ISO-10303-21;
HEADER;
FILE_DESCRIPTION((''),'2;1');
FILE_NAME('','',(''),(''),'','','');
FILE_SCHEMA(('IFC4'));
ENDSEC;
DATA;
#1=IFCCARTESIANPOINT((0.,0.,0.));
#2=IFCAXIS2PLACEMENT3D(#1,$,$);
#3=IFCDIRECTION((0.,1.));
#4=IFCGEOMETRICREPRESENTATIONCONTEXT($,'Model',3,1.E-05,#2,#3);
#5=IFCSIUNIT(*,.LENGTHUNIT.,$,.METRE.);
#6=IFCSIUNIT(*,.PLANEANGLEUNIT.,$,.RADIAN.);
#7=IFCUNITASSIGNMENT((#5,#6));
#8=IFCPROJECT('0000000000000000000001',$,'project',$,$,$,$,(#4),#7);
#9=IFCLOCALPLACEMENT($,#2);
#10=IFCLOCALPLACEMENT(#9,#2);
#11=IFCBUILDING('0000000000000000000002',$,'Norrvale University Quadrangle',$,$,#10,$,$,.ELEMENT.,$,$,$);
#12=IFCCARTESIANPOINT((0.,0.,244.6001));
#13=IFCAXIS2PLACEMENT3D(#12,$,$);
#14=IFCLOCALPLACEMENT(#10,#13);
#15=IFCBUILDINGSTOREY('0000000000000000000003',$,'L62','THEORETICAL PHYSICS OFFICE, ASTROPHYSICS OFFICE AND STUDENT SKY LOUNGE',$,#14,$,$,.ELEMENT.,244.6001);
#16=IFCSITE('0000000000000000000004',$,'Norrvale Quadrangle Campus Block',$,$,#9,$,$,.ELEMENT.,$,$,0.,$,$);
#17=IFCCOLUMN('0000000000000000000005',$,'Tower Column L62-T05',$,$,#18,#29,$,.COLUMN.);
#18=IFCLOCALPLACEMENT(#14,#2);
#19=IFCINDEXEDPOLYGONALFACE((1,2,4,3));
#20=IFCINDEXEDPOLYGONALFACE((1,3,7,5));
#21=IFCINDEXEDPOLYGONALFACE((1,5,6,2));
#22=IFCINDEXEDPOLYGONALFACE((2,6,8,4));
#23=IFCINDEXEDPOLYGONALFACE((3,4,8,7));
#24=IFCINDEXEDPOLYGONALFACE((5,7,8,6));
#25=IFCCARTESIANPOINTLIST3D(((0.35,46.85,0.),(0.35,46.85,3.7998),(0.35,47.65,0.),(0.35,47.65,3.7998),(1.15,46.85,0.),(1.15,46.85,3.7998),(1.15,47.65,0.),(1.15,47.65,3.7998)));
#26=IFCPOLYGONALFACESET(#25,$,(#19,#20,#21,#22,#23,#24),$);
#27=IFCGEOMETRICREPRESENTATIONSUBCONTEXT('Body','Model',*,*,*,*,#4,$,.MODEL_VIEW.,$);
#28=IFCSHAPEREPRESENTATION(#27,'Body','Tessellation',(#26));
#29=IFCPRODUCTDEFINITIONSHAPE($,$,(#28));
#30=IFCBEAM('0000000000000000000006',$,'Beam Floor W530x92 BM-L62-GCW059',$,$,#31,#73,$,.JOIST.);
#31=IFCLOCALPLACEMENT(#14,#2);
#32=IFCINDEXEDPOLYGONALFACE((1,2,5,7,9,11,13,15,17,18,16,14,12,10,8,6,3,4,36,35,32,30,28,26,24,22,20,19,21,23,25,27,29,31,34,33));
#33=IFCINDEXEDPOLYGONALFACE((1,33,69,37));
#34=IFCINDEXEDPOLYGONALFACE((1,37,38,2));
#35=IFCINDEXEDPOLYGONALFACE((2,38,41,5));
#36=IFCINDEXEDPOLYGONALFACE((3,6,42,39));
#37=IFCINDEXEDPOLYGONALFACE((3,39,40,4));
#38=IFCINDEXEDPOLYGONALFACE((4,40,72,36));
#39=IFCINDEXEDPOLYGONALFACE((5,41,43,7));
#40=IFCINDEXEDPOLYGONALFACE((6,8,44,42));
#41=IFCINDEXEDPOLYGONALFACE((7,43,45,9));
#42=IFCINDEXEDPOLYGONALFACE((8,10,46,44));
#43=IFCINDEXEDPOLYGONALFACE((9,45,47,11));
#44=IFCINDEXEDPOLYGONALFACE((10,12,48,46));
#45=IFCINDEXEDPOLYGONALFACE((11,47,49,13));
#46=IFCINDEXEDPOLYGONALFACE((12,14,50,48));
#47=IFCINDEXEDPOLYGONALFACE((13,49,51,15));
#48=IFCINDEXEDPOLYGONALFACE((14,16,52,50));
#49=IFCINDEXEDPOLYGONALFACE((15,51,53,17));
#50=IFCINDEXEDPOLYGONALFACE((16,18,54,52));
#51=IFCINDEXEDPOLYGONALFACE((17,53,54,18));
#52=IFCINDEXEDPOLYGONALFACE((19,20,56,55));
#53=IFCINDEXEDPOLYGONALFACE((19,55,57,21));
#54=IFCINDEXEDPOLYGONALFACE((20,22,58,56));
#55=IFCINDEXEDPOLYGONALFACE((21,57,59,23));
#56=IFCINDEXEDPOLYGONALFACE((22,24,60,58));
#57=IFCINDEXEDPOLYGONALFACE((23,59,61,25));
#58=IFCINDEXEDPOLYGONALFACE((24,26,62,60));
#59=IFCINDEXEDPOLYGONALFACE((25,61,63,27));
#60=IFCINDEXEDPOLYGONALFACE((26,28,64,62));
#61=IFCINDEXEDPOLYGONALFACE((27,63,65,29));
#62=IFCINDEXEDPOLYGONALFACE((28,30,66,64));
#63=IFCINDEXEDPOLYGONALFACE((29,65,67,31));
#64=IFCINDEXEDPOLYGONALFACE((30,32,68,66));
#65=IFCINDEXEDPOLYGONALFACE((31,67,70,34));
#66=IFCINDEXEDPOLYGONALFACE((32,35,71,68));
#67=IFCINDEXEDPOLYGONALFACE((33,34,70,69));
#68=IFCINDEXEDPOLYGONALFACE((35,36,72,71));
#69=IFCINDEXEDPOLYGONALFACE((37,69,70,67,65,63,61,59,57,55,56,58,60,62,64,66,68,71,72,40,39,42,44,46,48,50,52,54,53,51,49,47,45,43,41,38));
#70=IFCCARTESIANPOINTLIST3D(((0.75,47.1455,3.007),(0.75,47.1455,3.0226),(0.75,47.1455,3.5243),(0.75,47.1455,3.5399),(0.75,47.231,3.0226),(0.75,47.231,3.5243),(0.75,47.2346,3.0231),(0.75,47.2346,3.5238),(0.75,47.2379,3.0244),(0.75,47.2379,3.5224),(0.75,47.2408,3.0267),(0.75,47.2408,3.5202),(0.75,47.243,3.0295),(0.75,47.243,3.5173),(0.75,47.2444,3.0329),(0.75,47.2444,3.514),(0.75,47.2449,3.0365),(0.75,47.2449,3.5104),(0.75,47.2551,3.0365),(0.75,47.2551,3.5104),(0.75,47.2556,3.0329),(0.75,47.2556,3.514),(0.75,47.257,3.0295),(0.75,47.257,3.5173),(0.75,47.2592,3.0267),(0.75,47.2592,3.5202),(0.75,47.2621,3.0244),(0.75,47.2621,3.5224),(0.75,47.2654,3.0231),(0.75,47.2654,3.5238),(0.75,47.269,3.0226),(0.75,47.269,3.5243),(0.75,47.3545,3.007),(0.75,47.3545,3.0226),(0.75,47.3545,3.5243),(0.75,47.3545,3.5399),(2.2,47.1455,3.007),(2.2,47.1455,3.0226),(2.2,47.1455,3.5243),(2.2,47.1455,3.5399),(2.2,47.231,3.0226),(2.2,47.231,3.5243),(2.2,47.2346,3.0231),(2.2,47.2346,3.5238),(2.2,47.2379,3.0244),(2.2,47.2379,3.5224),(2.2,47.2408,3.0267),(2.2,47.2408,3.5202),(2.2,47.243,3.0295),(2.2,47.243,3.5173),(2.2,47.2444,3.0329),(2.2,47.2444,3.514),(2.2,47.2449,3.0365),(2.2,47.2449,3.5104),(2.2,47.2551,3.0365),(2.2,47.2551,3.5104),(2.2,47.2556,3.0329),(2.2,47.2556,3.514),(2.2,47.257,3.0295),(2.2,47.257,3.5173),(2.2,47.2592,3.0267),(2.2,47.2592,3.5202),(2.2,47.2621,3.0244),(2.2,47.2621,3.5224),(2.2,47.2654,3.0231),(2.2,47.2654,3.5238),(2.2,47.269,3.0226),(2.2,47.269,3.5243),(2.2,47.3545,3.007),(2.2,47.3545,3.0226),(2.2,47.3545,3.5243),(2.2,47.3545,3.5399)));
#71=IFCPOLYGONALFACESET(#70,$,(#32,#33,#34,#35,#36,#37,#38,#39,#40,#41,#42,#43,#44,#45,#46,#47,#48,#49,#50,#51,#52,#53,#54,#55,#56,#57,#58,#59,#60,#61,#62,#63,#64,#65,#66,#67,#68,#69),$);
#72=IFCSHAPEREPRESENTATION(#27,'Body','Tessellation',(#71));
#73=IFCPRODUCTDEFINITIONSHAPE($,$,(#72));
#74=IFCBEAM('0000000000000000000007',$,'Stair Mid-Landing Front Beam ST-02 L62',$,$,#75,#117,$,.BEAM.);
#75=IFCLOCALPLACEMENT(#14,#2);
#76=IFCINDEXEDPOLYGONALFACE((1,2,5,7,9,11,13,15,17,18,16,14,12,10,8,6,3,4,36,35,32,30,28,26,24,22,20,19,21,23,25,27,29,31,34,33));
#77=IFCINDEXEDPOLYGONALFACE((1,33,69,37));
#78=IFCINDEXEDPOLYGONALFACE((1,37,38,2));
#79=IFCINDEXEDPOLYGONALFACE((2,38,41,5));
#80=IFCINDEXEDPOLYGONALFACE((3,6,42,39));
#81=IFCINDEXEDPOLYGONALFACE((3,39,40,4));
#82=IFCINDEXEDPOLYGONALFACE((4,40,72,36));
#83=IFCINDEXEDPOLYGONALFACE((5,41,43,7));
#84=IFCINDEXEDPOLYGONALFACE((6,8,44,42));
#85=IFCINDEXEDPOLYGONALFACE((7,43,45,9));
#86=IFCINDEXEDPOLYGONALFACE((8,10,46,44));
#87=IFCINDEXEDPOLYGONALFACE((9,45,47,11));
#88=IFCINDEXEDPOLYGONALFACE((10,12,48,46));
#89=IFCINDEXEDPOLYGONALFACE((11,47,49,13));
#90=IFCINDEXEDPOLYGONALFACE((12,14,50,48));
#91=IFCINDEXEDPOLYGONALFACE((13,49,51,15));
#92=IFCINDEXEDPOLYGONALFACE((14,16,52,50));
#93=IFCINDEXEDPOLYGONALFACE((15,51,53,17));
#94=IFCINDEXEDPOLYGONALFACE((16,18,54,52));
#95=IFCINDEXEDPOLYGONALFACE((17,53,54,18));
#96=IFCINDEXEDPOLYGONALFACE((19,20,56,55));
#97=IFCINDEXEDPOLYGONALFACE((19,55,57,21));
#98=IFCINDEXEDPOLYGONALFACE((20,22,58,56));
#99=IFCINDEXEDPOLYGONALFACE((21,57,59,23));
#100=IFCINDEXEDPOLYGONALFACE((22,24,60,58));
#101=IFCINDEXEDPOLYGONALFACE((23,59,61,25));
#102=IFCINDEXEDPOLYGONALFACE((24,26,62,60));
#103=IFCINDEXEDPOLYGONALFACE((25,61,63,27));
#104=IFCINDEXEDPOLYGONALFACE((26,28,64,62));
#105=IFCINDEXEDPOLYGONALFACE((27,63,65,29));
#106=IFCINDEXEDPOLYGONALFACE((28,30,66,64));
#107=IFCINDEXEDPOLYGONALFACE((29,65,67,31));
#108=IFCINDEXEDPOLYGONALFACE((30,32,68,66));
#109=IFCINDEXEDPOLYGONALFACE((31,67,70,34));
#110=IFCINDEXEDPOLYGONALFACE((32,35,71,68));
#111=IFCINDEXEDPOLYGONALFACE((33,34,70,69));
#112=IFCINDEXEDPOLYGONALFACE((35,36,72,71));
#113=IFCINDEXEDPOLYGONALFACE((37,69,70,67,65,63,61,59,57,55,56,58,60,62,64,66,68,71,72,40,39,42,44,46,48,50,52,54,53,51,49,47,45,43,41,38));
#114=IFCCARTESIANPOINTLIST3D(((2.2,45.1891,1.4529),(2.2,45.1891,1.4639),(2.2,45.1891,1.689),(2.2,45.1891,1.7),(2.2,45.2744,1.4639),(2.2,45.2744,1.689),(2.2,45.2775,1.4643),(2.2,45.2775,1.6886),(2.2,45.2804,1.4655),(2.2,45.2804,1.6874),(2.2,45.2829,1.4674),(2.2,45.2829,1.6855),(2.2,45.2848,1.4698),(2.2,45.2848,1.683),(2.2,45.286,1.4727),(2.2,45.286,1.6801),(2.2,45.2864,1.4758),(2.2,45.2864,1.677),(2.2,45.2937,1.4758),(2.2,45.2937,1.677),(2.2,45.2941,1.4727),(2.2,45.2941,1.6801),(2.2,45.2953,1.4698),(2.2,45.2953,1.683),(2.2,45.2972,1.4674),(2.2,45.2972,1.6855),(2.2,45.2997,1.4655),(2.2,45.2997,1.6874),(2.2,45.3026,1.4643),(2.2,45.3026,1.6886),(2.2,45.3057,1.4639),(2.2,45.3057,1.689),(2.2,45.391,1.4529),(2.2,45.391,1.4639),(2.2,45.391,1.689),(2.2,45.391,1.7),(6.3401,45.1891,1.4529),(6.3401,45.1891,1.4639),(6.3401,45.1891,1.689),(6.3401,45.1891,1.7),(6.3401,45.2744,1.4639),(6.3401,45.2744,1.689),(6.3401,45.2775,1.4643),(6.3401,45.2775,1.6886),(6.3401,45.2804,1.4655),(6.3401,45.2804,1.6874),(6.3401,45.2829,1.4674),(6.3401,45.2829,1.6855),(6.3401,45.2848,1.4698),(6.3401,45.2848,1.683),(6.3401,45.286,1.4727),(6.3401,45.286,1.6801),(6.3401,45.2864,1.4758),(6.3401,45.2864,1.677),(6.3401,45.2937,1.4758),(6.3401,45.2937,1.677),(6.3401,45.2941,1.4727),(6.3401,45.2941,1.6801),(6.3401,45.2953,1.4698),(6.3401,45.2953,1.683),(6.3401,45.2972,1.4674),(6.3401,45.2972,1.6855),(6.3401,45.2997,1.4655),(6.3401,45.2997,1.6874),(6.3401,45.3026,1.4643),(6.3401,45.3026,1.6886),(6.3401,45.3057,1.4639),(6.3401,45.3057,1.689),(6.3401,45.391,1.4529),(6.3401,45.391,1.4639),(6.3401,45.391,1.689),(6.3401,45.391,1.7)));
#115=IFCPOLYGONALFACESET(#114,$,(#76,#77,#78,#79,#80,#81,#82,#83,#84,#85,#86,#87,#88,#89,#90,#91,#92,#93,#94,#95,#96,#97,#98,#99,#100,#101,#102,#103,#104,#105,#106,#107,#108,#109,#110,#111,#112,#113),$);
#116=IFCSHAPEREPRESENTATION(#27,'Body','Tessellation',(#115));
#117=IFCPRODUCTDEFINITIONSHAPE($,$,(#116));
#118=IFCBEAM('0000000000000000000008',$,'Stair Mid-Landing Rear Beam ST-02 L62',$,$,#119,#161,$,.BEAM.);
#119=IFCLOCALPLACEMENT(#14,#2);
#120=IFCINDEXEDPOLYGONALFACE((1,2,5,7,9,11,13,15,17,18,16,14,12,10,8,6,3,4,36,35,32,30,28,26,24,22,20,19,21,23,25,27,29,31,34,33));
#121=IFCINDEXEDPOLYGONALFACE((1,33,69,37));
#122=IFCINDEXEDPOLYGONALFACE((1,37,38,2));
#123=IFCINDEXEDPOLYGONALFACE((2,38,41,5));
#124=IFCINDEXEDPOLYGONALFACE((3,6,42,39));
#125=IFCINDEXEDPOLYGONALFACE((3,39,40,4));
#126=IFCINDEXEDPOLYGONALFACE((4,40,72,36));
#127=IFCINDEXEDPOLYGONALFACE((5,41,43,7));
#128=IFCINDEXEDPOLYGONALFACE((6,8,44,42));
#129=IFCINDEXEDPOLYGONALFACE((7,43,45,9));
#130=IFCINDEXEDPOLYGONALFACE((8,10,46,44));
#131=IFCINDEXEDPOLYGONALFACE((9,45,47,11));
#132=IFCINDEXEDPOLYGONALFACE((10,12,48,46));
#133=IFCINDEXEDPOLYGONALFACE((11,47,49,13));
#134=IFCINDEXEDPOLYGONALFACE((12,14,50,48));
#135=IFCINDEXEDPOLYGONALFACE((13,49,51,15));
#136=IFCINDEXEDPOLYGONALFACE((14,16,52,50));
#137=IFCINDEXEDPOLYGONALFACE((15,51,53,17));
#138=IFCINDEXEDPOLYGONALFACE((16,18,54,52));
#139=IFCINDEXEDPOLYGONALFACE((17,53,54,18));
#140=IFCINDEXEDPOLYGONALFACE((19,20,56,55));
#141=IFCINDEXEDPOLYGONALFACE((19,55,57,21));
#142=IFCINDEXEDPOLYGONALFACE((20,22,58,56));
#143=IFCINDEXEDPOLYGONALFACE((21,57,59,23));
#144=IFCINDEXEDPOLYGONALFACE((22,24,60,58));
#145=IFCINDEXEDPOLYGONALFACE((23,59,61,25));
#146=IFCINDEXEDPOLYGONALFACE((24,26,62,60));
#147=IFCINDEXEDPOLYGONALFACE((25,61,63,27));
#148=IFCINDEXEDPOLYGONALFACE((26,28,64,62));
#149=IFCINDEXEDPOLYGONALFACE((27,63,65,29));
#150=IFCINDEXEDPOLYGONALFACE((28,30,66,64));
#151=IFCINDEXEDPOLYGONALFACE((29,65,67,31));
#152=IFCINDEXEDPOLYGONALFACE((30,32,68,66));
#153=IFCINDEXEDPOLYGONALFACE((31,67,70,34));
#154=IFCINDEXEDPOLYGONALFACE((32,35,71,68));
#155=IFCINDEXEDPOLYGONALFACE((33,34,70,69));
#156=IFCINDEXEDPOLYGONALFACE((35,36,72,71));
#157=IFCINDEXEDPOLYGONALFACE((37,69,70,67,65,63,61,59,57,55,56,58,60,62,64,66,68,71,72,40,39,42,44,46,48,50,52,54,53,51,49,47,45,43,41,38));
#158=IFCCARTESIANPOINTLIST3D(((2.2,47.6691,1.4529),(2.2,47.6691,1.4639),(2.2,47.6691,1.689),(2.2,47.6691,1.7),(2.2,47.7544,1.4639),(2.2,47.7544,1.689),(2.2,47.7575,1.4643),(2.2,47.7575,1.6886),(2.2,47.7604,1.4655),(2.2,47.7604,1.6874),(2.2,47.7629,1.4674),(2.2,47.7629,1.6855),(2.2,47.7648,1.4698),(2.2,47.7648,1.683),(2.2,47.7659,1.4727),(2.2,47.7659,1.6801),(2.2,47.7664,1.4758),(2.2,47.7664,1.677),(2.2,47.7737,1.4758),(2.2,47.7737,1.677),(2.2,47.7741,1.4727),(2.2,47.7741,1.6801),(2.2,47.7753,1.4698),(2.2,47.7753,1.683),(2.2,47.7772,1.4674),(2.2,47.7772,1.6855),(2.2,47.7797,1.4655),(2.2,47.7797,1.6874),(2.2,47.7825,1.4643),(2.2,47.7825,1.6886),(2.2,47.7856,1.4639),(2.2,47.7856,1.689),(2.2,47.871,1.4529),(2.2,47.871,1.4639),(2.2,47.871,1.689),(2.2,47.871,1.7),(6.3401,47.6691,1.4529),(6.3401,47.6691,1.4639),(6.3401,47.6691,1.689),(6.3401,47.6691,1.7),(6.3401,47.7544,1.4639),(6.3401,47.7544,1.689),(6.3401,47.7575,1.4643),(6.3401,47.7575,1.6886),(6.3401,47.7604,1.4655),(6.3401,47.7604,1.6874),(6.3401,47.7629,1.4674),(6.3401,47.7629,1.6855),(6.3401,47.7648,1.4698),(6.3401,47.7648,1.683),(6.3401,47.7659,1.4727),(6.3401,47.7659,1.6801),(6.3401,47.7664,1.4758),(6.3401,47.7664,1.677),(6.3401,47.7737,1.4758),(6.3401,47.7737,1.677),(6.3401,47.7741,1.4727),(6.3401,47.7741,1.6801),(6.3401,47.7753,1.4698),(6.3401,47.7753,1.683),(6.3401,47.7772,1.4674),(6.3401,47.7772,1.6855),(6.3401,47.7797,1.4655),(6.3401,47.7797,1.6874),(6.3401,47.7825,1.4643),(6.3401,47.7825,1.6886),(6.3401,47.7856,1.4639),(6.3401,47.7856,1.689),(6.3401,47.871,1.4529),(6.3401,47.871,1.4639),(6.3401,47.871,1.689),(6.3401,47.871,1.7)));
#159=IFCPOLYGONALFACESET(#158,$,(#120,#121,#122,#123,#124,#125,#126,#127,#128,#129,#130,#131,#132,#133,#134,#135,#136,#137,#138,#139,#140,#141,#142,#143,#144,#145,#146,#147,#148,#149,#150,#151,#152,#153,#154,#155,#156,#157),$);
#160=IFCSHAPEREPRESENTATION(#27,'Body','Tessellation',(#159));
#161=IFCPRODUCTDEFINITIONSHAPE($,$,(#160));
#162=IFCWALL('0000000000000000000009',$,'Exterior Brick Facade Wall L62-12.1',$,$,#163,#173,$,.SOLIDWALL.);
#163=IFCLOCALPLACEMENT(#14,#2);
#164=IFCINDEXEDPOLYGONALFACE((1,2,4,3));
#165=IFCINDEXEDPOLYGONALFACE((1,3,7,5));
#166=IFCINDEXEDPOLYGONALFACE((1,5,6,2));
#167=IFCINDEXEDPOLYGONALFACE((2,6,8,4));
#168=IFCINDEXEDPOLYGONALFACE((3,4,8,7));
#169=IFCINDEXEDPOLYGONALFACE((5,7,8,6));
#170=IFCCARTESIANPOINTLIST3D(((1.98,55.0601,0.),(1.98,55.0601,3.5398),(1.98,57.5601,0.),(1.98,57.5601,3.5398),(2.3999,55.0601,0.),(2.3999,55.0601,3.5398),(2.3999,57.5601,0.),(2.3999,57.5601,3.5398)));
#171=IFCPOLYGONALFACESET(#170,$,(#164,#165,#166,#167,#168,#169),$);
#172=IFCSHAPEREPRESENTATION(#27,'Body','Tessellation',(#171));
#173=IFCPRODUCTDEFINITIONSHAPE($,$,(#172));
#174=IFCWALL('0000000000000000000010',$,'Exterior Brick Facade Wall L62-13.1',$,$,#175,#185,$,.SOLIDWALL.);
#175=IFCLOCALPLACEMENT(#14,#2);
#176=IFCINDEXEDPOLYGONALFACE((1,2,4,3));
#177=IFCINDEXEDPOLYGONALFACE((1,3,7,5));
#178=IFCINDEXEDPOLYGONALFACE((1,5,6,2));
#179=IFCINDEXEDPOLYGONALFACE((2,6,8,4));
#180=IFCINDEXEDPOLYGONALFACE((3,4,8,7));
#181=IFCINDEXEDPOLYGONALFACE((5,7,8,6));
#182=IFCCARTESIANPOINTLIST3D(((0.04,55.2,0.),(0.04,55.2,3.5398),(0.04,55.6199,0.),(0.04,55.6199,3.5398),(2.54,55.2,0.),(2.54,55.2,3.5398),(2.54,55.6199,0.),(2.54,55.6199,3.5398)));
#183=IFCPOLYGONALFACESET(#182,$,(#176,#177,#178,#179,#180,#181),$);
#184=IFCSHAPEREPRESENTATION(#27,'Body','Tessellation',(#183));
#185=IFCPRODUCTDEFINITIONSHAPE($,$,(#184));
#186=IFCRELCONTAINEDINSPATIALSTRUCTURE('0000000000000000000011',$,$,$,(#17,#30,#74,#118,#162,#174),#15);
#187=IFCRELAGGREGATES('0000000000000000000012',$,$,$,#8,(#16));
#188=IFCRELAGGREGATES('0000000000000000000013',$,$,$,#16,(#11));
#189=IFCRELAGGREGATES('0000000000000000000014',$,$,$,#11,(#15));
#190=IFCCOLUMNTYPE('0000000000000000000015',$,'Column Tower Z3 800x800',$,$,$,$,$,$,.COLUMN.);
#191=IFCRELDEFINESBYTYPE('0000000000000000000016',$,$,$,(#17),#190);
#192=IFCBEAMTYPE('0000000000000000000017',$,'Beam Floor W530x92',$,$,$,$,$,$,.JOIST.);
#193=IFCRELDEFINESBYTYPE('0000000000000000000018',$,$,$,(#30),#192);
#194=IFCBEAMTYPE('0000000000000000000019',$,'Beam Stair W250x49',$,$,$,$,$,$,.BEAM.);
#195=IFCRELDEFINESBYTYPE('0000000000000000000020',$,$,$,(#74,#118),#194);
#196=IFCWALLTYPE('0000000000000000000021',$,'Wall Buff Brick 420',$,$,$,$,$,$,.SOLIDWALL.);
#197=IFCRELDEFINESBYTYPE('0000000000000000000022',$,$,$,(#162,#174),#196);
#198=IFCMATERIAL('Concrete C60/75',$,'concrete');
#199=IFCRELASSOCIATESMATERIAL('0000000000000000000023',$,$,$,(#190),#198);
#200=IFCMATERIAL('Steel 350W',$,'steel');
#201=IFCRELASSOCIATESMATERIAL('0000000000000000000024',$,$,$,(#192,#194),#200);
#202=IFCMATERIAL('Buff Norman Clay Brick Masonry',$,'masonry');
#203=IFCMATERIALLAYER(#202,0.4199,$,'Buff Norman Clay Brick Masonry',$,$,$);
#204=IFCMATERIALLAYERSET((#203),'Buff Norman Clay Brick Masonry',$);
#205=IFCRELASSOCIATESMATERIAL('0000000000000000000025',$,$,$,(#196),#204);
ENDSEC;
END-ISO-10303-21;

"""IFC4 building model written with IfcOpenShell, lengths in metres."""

from ifc_helpers import new_model, si_unit, direction, frame, frame_2d, origin, origin_2d, place, context, subcontext, project, spatial, rectangle, i_section, extrude, material, layer, layer_set, material_profile, profile_set, type_object, element, save


model = new_model("IFC4")

# Units and contexts
model_context = context("Model", 3, precision=1e-05, world=origin(), true_north=direction((0.0, 1.0)))
body_context = subcontext(model_context, "Body", "Model", "MODEL_VIEW")
ifc_project = project(units=[si_unit("LENGTHUNIT", "METRE"), si_unit("PLANEANGLEUNIT", "RADIAN")], contexts=[model_context])

# Site, building, storey
site_placement = place(None, origin())
site = spatial("IfcSite", under=ifc_project, at=site_placement, Name="Norrvale Quadrangle Campus Block", CompositionType="ELEMENT", RefElevation=0.0)
building_placement = place(site_placement, origin())
building = spatial("IfcBuilding", under=site, at=building_placement, Name="Norrvale University Quadrangle", CompositionType="ELEMENT")
storey_placement = place(building_placement, frame((0.0, 0.0, 244.6001)))
storey = spatial("IfcBuildingStorey", under=building, at=storey_placement, Name="L62", Description="THEORETICAL PHYSICS OFFICE, ASTROPHYSICS OFFICE AND STUDENT SKY LOUNGE", CompositionType="ELEMENT", Elevation=244.6001)

# Column
ifc_material_1 = material(Name="Concrete C60/75", Category="concrete")
ifc_material_profile_1 = material_profile(ifc_material_1, rectangle(XDim=0.8, YDim=0.8, at=origin_2d()), Name="Concrete C60/75")
ifc_profile_set_1 = profile_set([ifc_material_profile_1], Name="Concrete C60/75")
column_type = type_object("IfcColumnType", Name="Column Tower Z3 800x800", PredefinedType="COLUMN", material=ifc_profile_set_1)
column_placement = place(storey_placement, frame((0.75, 47.25, 0.0), z_axis=(0.0, 0.0, 1.0), x_axis=(1.0, 0.0, 0.0)))
element("IfcColumn", 1, at=column_placement, inside=storey, type_object=column_type, Name="Tower Column L62-T05", PredefinedType="COLUMN", context=body_context, shape_type="SweptSolid", body=[
    extrude(rectangle(XDim=0.8, YDim=0.8, at=origin_2d()), origin(), (0.0, 0.0, 1.0), 3.7998),
])

# Beams
ifc_material_2 = material(Name="Steel 350W", Category="steel")
ifc_material_profile_2 = material_profile(ifc_material_2, i_section(OverallWidth=0.209, OverallDepth=0.533, WebThickness=0.0103, FlangeThickness=0.0156, FilletRadius=0.0139, at=origin_2d()), Name="Steel 350W")
ifc_profile_set_2 = profile_set([ifc_material_profile_2], Name="Steel 350W")
beam_type_1 = type_object("IfcBeamType", Name="Beam Floor W530x92", PredefinedType="JOIST", material=ifc_profile_set_2)
beam_placement = place(storey_placement, frame((0.75, 47.25, 3.2734), z_axis=(1.0, 0.0, 0.0), x_axis=(0.0, 1.0, 0.0)))
element("IfcBeam", 2, at=beam_placement, inside=storey, type_object=beam_type_1, Name="Beam Floor W530x92 BM-L62-GCW059", PredefinedType="JOIST", context=body_context, shape_type="SweptSolid", body=[
    extrude(i_section(OverallWidth=0.209, OverallDepth=0.533, WebThickness=0.0103, FlangeThickness=0.0156, FilletRadius=0.0139, at=origin_2d()), origin(), (0.0, 0.0, 1.0), 1.45),
])
ifc_material_profile_3 = material_profile(ifc_material_2, i_section(OverallWidth=0.2019, OverallDepth=0.2471, WebThickness=0.0073, FlangeThickness=0.011, FilletRadius=0.012, at=origin_2d()), Name="Steel 350W")
ifc_profile_set_3 = profile_set([ifc_material_profile_3], Name="Steel 350W")
beam_type_2 = type_object("IfcBeamType", Name="Beam Stair W250x49", PredefinedType="BEAM", material=ifc_profile_set_3)
for number, where, z_axis, x_axis, name in (
    (3, (2.2, 45.29, 1.5764), (1.0, 0.0, 0.0), (0.0, 1.0, 0.0), "Stair Mid-Landing Front Beam ST-02 L62"),
    (4, (2.2, 47.77, 1.5764), (1.0, 0.0, 0.0), (0.0, 1.0, 0.0), "Stair Mid-Landing Rear Beam ST-02 L62"),
):
    element("IfcBeam", number, at=place(storey_placement, frame(where, z_axis=z_axis, x_axis=x_axis)), inside=storey, type_object=beam_type_2, Name=name, PredefinedType="BEAM", context=body_context, shape_type="SweptSolid", body=[
        extrude(i_section(OverallWidth=0.2019, OverallDepth=0.2471, WebThickness=0.0073, FlangeThickness=0.011, FilletRadius=0.012, at=origin_2d()), origin(), (0.0, 0.0, 1.0), 4.1401),
    ])

# Walls
ifc_material_3 = material(Name="Buff Norman Clay Brick Masonry", Category="masonry")
ifc_layer_1 = layer(ifc_material_3, 0.4199, Name="Buff Norman Clay Brick Masonry")
ifc_layer_set_1 = layer_set([ifc_layer_1], Name="Buff Norman Clay Brick Masonry")
wall_type_1 = type_object("IfcWallType", Name="Wall Buff Brick 420", PredefinedType="SOLIDWALL", material=ifc_layer_set_1)
for number, where, z_axis, x_axis, name in (
    (5, (2.1899, 57.5601, 0.0), (0.0, 0.0, 1.0), (0.0, -1.0, 0.0), "Exterior Brick Facade Wall L62-12.1"),
    (6, (2.54, 55.4099, 0.0), (0.0, 0.0, 1.0), (-1.0, 0.0, 0.0), "Exterior Brick Facade Wall L62-13.1"),
):
    element("IfcWall", number, at=place(storey_placement, frame(where, z_axis=z_axis, x_axis=x_axis)), inside=storey, type_object=wall_type_1, Name=name, PredefinedType="SOLIDWALL", context=body_context, shape_type="SweptSolid", body=[
        extrude(rectangle(XDim=2.5, YDim=0.4199, at=frame_2d((1.25, 0.0))), origin(), (0.0, 0.0, 1.0), 3.5398),
    ])

save(model, "model.ifc")
